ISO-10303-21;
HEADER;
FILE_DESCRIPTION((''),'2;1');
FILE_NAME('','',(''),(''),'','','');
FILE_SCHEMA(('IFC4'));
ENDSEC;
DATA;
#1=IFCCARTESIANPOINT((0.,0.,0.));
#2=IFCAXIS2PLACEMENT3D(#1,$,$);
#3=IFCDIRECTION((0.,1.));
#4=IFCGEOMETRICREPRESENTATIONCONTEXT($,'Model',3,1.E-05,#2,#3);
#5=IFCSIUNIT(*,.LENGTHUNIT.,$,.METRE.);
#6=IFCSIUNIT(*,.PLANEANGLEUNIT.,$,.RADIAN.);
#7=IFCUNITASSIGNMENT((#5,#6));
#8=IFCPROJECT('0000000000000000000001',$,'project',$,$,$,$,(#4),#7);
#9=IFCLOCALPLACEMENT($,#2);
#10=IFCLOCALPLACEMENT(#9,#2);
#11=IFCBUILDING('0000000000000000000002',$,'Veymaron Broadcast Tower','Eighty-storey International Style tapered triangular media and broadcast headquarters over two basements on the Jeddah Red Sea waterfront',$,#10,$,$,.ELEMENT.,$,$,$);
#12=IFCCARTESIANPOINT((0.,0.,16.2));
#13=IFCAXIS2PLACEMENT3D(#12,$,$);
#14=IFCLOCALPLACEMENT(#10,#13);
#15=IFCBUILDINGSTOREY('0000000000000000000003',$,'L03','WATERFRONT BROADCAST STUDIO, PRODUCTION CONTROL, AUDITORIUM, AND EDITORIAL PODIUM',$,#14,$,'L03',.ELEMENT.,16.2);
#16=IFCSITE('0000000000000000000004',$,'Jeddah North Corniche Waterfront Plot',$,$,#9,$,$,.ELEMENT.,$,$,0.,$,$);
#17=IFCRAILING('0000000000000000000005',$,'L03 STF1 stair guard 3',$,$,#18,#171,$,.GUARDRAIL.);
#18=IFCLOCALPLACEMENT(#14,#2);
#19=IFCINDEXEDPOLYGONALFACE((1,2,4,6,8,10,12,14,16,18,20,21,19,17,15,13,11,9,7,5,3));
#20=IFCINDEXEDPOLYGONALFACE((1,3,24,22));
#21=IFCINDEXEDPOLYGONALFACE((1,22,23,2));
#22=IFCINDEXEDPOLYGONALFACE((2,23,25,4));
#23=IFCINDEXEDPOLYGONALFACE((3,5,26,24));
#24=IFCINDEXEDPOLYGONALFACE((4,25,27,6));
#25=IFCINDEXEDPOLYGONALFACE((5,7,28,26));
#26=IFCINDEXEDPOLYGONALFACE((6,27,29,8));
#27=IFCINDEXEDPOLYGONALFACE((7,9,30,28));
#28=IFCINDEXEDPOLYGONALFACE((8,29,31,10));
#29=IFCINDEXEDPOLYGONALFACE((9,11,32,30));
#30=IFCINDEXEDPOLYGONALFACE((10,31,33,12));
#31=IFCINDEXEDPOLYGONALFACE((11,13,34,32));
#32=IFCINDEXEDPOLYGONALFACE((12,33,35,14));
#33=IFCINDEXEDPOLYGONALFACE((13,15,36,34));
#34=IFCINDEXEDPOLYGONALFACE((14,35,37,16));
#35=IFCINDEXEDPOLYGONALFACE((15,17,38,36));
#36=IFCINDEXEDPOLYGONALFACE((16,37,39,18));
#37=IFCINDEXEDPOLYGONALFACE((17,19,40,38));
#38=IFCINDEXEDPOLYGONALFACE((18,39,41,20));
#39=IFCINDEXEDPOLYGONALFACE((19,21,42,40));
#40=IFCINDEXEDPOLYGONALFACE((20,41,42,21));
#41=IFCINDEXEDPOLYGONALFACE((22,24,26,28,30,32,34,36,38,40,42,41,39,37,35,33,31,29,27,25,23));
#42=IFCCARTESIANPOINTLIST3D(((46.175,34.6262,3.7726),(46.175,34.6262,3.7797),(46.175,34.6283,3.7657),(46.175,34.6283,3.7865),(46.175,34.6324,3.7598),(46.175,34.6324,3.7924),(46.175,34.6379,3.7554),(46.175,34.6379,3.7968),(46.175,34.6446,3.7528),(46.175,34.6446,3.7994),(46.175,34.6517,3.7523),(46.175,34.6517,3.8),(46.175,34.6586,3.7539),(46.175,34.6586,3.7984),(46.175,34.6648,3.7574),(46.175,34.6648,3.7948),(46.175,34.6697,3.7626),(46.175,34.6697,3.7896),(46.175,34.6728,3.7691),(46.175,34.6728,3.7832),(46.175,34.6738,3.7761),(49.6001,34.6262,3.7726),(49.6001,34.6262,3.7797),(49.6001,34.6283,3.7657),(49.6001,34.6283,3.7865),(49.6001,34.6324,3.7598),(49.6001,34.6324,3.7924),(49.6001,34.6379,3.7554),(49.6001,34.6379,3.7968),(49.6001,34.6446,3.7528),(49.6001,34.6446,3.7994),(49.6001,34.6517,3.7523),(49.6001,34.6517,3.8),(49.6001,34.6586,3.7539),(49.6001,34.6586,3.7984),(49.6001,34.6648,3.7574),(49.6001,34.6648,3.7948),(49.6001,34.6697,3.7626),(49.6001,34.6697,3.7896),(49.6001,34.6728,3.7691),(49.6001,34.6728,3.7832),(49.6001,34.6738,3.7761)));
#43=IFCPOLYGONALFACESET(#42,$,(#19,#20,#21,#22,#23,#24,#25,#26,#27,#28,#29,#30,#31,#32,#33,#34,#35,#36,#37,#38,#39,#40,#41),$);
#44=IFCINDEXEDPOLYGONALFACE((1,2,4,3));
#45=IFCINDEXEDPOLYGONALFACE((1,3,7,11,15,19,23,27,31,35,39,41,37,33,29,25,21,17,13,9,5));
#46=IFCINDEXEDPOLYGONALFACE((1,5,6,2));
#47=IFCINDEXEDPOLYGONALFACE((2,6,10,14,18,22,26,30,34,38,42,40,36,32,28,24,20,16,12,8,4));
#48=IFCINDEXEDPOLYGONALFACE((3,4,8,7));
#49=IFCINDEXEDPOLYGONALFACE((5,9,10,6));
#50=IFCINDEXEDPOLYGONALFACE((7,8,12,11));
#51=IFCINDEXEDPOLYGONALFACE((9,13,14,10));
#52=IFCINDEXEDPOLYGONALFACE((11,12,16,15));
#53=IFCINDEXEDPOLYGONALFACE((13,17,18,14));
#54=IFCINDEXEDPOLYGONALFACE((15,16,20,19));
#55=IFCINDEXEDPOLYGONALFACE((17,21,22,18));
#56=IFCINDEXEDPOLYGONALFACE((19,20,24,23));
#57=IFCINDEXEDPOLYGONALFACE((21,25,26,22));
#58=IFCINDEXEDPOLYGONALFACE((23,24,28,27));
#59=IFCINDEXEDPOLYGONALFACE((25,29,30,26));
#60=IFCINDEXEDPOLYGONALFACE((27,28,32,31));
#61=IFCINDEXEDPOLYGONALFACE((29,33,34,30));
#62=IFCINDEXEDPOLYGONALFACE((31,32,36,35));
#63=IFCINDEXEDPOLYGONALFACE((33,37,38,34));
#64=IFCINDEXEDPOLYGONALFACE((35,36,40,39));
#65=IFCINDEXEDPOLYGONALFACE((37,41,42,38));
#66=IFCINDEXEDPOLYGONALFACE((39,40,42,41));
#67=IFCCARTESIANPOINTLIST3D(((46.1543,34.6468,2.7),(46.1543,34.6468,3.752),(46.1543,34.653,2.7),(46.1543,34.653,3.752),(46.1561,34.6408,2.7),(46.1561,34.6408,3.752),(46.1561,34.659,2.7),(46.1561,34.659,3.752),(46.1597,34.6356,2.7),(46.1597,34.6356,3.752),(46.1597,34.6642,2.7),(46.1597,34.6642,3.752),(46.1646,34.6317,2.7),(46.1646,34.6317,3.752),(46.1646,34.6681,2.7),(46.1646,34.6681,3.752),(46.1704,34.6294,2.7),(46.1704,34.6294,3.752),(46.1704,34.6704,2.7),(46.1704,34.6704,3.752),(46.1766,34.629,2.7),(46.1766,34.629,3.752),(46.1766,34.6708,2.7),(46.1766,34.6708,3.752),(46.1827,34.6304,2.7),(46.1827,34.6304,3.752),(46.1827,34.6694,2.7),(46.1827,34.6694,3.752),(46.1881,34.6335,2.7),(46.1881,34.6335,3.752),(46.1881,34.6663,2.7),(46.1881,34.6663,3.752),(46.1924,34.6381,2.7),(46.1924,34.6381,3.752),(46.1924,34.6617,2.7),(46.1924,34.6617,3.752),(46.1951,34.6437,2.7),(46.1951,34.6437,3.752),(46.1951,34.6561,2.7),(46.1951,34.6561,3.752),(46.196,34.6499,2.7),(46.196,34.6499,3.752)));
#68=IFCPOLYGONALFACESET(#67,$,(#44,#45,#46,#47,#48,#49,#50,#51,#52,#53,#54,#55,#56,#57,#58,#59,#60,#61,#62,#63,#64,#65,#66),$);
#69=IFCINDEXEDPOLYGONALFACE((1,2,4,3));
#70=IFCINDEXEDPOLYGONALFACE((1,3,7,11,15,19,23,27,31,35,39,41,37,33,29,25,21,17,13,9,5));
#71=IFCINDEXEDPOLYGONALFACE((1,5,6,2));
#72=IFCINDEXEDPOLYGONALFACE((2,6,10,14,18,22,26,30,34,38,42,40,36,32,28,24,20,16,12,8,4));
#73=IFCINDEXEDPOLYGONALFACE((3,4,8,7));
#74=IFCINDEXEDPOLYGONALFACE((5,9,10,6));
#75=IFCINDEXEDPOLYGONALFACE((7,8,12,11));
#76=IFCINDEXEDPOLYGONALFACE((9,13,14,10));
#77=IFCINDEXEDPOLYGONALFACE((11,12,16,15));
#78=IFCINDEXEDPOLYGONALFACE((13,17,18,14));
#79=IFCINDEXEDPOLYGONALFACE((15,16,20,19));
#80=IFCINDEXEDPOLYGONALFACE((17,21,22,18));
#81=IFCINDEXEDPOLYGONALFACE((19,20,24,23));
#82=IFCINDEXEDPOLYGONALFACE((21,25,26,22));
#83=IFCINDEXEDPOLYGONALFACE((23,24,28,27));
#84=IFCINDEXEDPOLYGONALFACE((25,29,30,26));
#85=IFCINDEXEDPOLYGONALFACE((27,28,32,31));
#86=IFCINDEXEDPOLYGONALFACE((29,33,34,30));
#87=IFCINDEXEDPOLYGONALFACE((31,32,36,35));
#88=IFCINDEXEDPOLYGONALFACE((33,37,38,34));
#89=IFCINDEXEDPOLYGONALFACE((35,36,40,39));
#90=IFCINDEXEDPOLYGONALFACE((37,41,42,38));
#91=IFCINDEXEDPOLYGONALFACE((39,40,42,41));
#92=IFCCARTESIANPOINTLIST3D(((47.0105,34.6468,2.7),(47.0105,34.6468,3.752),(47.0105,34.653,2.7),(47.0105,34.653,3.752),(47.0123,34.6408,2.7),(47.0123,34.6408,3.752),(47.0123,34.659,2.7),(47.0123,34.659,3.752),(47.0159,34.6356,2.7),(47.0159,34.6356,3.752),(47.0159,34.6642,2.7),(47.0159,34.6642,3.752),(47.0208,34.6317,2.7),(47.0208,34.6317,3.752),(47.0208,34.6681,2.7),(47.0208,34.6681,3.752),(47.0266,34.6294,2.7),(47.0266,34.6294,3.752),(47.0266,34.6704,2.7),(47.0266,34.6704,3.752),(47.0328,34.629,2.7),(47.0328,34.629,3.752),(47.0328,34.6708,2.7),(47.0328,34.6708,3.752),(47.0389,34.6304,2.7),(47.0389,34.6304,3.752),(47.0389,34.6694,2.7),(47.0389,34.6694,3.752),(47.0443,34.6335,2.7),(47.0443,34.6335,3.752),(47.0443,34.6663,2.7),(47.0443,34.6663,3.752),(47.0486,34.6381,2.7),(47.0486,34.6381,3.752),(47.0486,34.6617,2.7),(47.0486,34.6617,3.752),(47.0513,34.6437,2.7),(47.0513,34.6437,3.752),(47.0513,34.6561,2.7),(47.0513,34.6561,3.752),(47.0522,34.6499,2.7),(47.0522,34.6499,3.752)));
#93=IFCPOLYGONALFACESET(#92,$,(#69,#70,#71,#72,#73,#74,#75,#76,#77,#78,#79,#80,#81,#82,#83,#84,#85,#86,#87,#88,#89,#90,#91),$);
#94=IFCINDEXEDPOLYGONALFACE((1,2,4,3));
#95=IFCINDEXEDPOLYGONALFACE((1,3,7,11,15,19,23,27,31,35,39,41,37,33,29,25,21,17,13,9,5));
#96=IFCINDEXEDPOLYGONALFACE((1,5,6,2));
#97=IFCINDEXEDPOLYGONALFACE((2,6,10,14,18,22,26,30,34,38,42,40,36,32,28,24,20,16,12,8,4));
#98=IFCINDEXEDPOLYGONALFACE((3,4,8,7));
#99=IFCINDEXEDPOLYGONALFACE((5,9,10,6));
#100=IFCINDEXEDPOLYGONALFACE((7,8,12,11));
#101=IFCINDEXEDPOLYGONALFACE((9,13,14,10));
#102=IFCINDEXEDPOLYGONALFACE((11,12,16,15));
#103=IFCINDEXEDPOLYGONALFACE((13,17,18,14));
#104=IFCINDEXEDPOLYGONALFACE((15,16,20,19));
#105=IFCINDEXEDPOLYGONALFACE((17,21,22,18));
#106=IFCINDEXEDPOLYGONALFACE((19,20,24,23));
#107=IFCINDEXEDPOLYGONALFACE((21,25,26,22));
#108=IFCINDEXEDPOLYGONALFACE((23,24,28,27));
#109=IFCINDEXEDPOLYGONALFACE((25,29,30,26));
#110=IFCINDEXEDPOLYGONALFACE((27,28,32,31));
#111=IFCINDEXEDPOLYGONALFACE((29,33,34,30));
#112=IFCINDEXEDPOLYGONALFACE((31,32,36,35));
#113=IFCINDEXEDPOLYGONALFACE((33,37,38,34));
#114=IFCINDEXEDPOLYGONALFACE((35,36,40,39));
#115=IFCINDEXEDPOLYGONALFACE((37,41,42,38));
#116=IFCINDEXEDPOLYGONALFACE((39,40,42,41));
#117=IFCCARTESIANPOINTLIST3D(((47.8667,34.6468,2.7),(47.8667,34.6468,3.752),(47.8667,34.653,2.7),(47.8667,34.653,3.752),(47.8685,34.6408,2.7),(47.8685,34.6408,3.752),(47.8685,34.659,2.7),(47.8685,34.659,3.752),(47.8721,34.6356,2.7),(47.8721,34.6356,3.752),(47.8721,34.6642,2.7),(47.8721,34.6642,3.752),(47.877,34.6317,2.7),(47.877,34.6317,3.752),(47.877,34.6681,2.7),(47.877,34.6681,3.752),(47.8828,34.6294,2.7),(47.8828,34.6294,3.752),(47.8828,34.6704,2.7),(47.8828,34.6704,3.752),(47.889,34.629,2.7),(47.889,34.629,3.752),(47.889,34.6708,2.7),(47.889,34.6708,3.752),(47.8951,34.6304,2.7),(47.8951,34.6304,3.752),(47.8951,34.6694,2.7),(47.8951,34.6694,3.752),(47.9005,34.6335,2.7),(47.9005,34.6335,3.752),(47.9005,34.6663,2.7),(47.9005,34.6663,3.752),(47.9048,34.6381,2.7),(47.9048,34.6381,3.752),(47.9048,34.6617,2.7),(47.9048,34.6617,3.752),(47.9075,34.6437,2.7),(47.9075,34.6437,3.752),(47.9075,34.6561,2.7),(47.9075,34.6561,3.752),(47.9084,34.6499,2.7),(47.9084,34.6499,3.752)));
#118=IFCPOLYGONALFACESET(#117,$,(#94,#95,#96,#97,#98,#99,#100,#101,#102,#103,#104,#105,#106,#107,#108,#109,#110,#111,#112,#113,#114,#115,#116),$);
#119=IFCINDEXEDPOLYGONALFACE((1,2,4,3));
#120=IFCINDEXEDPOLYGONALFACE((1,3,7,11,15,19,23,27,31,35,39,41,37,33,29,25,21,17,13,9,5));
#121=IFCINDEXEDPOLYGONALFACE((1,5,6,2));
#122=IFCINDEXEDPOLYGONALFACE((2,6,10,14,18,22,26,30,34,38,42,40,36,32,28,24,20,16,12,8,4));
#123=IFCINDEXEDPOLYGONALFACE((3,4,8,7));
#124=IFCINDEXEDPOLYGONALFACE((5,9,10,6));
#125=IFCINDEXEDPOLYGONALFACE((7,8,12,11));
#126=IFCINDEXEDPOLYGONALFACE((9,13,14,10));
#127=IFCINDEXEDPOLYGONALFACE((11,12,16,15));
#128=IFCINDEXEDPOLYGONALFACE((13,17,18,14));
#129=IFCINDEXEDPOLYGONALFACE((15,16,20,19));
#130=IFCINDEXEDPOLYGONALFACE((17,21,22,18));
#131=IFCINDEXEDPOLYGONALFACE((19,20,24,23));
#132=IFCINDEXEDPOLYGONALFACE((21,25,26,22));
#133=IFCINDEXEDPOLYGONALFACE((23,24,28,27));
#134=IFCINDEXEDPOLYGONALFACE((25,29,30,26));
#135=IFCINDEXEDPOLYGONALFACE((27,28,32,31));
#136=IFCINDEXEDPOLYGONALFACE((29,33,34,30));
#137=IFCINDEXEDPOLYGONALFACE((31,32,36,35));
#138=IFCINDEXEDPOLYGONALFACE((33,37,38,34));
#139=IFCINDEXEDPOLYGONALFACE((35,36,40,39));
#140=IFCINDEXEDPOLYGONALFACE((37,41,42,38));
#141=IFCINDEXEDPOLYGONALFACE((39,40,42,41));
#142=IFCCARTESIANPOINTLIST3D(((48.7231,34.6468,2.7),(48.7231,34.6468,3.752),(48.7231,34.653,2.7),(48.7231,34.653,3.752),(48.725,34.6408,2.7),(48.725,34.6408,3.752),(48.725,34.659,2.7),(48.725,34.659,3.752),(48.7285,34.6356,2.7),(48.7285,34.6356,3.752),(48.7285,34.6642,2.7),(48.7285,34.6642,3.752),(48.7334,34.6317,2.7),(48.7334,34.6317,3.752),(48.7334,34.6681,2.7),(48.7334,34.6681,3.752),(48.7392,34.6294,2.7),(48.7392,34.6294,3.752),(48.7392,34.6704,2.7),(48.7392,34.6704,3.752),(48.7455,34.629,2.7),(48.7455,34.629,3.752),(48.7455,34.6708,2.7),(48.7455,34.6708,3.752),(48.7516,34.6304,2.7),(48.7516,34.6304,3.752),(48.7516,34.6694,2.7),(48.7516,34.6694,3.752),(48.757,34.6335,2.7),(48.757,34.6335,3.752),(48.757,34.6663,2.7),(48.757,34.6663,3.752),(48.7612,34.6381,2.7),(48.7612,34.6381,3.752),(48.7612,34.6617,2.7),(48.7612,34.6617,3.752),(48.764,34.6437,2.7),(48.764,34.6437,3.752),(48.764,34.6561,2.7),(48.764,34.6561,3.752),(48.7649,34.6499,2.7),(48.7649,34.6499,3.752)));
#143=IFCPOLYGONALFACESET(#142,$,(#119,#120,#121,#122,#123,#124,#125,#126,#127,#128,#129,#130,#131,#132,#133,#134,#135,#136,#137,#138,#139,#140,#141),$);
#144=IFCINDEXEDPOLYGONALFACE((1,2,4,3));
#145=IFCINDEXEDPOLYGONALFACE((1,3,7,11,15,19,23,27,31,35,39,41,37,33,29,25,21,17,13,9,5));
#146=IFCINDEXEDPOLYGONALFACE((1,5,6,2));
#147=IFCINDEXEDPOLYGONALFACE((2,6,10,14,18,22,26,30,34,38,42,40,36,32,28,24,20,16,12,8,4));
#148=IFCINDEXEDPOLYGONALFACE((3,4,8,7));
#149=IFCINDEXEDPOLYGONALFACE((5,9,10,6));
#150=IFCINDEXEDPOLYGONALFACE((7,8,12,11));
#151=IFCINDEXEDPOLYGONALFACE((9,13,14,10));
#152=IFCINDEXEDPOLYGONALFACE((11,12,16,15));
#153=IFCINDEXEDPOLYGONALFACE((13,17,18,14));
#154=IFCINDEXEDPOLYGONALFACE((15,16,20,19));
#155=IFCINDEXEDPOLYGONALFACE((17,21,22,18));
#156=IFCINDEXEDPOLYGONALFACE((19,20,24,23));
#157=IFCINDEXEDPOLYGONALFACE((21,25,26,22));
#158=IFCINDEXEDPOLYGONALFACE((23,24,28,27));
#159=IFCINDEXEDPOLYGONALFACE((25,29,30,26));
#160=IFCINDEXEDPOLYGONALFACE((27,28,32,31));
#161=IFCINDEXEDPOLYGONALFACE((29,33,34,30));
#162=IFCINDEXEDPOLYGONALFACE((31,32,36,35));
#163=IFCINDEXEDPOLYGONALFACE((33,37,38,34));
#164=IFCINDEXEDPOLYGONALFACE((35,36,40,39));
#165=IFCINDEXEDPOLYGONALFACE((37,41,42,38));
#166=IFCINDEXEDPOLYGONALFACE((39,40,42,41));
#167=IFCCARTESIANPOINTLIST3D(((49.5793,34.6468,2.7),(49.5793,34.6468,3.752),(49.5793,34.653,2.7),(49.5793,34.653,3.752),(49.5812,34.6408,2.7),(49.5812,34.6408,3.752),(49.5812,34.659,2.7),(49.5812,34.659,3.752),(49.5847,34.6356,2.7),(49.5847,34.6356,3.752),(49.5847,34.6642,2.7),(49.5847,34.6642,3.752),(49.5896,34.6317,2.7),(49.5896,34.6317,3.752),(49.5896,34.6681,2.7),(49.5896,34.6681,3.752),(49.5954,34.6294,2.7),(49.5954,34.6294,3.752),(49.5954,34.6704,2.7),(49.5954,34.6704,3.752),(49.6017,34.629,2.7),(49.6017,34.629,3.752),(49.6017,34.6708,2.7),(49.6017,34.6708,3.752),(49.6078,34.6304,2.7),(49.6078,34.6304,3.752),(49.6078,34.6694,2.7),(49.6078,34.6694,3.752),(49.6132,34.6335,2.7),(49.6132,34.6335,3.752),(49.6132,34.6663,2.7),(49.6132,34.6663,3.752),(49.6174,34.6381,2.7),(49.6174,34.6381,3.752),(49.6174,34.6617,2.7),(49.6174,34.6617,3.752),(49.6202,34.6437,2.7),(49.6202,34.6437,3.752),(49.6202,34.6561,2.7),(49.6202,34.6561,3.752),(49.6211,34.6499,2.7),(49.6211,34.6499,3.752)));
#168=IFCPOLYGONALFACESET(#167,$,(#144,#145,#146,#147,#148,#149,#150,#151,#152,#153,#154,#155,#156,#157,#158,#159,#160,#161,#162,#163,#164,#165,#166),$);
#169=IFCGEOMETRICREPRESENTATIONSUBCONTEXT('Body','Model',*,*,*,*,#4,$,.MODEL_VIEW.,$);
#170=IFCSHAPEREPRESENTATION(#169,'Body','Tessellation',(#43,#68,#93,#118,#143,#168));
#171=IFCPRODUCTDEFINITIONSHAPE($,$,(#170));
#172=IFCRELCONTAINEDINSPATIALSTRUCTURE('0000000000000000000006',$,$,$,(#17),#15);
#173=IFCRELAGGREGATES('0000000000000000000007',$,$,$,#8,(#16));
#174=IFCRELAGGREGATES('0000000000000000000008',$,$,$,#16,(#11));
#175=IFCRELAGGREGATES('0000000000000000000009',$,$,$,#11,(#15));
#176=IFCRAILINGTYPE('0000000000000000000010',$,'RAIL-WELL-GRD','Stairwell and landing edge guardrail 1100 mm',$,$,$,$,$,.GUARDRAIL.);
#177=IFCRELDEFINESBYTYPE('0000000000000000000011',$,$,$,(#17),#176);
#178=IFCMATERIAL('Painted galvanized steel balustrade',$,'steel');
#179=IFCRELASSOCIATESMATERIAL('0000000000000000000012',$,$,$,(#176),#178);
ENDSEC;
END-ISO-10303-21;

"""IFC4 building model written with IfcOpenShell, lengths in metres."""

from ifc_helpers import new_model, si_unit, direction, frame, origin, origin_2d, place, context, subcontext, project, spatial, circle, extrude, material, type_object, element, save


model = new_model("IFC4")

# Units and contexts
model_context = context("Model", 3, precision=1e-05, world=origin(), true_north=direction((0.0, 1.0)))
body_context = subcontext(model_context, "Body", "Model", "MODEL_VIEW")
ifc_project = project(units=[si_unit("LENGTHUNIT", "METRE"), si_unit("PLANEANGLEUNIT", "RADIAN")], contexts=[model_context])

# Site, building, storey
site_placement = place(None, origin())
site = spatial("IfcSite", under=ifc_project, at=site_placement, Name="Jeddah North Corniche Waterfront Plot", CompositionType="ELEMENT", RefElevation=0.0)
building_placement = place(site_placement, origin())
building = spatial("IfcBuilding", under=site, at=building_placement, Name="Veymaron Broadcast Tower", Description="Eighty-storey International Style tapered triangular media and broadcast headquarters over two basements on the Jeddah Red Sea waterfront", CompositionType="ELEMENT")
storey_placement = place(building_placement, frame((0.0, 0.0, 16.2)))
storey = spatial("IfcBuildingStorey", under=building, at=storey_placement, Name="L03", Description="WATERFRONT BROADCAST STUDIO, PRODUCTION CONTROL, AUDITORIUM, AND EDITORIAL PODIUM", LongName="L03", CompositionType="ELEMENT", Elevation=16.2)

# Railing
ifc_material_1 = material(Name="Painted galvanized steel balustrade", Category="steel")
railing_type_1 = type_object("IfcRailingType", Name="RAIL-WELL-GRD", Description="Stairwell and landing edge guardrail 1100 mm", PredefinedType="GUARDRAIL", material=ifc_material_1)
railing_1_placement = place(storey_placement, frame((46.175, 34.6499, 2.7)))
element("IfcRailing", 1, at=railing_1_placement, inside=storey, type_object=railing_type_1, Name="L03 STF1 stair guard 3", PredefinedType="GUARDRAIL", context=body_context, shape_type="SweptSolid", body=[
    extrude(circle(Radius=0.0239, at=origin_2d()), frame((0.0, 0.0, 1.0762), z_axis=(1.0, 0.0, 0.0), x_axis=(0.0, 1.0, 0.0)), (0.0, 0.0, 1.0), 3.425),
    extrude(circle(Radius=0.021, at=origin_2d()), origin(), (0.0, 0.0, 1.0), 1.052),
    extrude(circle(Radius=0.021, at=origin_2d()), frame((0.8562, 0.0, 0.0)), (0.0, 0.0, 1.0), 1.052),
    extrude(circle(Radius=0.021, at=origin_2d()), frame((1.7124, 0.0, 0.0)), (0.0, 0.0, 1.0), 1.052),
    extrude(circle(Radius=0.021, at=origin_2d()), frame((2.5688, 0.0, 0.0)), (0.0, 0.0, 1.0), 1.052),
    extrude(circle(Radius=0.021, at=origin_2d()), frame((3.425, 0.0, 0.0)), (0.0, 0.0, 1.0), 1.052),
])

save(model, "model.ifc")
